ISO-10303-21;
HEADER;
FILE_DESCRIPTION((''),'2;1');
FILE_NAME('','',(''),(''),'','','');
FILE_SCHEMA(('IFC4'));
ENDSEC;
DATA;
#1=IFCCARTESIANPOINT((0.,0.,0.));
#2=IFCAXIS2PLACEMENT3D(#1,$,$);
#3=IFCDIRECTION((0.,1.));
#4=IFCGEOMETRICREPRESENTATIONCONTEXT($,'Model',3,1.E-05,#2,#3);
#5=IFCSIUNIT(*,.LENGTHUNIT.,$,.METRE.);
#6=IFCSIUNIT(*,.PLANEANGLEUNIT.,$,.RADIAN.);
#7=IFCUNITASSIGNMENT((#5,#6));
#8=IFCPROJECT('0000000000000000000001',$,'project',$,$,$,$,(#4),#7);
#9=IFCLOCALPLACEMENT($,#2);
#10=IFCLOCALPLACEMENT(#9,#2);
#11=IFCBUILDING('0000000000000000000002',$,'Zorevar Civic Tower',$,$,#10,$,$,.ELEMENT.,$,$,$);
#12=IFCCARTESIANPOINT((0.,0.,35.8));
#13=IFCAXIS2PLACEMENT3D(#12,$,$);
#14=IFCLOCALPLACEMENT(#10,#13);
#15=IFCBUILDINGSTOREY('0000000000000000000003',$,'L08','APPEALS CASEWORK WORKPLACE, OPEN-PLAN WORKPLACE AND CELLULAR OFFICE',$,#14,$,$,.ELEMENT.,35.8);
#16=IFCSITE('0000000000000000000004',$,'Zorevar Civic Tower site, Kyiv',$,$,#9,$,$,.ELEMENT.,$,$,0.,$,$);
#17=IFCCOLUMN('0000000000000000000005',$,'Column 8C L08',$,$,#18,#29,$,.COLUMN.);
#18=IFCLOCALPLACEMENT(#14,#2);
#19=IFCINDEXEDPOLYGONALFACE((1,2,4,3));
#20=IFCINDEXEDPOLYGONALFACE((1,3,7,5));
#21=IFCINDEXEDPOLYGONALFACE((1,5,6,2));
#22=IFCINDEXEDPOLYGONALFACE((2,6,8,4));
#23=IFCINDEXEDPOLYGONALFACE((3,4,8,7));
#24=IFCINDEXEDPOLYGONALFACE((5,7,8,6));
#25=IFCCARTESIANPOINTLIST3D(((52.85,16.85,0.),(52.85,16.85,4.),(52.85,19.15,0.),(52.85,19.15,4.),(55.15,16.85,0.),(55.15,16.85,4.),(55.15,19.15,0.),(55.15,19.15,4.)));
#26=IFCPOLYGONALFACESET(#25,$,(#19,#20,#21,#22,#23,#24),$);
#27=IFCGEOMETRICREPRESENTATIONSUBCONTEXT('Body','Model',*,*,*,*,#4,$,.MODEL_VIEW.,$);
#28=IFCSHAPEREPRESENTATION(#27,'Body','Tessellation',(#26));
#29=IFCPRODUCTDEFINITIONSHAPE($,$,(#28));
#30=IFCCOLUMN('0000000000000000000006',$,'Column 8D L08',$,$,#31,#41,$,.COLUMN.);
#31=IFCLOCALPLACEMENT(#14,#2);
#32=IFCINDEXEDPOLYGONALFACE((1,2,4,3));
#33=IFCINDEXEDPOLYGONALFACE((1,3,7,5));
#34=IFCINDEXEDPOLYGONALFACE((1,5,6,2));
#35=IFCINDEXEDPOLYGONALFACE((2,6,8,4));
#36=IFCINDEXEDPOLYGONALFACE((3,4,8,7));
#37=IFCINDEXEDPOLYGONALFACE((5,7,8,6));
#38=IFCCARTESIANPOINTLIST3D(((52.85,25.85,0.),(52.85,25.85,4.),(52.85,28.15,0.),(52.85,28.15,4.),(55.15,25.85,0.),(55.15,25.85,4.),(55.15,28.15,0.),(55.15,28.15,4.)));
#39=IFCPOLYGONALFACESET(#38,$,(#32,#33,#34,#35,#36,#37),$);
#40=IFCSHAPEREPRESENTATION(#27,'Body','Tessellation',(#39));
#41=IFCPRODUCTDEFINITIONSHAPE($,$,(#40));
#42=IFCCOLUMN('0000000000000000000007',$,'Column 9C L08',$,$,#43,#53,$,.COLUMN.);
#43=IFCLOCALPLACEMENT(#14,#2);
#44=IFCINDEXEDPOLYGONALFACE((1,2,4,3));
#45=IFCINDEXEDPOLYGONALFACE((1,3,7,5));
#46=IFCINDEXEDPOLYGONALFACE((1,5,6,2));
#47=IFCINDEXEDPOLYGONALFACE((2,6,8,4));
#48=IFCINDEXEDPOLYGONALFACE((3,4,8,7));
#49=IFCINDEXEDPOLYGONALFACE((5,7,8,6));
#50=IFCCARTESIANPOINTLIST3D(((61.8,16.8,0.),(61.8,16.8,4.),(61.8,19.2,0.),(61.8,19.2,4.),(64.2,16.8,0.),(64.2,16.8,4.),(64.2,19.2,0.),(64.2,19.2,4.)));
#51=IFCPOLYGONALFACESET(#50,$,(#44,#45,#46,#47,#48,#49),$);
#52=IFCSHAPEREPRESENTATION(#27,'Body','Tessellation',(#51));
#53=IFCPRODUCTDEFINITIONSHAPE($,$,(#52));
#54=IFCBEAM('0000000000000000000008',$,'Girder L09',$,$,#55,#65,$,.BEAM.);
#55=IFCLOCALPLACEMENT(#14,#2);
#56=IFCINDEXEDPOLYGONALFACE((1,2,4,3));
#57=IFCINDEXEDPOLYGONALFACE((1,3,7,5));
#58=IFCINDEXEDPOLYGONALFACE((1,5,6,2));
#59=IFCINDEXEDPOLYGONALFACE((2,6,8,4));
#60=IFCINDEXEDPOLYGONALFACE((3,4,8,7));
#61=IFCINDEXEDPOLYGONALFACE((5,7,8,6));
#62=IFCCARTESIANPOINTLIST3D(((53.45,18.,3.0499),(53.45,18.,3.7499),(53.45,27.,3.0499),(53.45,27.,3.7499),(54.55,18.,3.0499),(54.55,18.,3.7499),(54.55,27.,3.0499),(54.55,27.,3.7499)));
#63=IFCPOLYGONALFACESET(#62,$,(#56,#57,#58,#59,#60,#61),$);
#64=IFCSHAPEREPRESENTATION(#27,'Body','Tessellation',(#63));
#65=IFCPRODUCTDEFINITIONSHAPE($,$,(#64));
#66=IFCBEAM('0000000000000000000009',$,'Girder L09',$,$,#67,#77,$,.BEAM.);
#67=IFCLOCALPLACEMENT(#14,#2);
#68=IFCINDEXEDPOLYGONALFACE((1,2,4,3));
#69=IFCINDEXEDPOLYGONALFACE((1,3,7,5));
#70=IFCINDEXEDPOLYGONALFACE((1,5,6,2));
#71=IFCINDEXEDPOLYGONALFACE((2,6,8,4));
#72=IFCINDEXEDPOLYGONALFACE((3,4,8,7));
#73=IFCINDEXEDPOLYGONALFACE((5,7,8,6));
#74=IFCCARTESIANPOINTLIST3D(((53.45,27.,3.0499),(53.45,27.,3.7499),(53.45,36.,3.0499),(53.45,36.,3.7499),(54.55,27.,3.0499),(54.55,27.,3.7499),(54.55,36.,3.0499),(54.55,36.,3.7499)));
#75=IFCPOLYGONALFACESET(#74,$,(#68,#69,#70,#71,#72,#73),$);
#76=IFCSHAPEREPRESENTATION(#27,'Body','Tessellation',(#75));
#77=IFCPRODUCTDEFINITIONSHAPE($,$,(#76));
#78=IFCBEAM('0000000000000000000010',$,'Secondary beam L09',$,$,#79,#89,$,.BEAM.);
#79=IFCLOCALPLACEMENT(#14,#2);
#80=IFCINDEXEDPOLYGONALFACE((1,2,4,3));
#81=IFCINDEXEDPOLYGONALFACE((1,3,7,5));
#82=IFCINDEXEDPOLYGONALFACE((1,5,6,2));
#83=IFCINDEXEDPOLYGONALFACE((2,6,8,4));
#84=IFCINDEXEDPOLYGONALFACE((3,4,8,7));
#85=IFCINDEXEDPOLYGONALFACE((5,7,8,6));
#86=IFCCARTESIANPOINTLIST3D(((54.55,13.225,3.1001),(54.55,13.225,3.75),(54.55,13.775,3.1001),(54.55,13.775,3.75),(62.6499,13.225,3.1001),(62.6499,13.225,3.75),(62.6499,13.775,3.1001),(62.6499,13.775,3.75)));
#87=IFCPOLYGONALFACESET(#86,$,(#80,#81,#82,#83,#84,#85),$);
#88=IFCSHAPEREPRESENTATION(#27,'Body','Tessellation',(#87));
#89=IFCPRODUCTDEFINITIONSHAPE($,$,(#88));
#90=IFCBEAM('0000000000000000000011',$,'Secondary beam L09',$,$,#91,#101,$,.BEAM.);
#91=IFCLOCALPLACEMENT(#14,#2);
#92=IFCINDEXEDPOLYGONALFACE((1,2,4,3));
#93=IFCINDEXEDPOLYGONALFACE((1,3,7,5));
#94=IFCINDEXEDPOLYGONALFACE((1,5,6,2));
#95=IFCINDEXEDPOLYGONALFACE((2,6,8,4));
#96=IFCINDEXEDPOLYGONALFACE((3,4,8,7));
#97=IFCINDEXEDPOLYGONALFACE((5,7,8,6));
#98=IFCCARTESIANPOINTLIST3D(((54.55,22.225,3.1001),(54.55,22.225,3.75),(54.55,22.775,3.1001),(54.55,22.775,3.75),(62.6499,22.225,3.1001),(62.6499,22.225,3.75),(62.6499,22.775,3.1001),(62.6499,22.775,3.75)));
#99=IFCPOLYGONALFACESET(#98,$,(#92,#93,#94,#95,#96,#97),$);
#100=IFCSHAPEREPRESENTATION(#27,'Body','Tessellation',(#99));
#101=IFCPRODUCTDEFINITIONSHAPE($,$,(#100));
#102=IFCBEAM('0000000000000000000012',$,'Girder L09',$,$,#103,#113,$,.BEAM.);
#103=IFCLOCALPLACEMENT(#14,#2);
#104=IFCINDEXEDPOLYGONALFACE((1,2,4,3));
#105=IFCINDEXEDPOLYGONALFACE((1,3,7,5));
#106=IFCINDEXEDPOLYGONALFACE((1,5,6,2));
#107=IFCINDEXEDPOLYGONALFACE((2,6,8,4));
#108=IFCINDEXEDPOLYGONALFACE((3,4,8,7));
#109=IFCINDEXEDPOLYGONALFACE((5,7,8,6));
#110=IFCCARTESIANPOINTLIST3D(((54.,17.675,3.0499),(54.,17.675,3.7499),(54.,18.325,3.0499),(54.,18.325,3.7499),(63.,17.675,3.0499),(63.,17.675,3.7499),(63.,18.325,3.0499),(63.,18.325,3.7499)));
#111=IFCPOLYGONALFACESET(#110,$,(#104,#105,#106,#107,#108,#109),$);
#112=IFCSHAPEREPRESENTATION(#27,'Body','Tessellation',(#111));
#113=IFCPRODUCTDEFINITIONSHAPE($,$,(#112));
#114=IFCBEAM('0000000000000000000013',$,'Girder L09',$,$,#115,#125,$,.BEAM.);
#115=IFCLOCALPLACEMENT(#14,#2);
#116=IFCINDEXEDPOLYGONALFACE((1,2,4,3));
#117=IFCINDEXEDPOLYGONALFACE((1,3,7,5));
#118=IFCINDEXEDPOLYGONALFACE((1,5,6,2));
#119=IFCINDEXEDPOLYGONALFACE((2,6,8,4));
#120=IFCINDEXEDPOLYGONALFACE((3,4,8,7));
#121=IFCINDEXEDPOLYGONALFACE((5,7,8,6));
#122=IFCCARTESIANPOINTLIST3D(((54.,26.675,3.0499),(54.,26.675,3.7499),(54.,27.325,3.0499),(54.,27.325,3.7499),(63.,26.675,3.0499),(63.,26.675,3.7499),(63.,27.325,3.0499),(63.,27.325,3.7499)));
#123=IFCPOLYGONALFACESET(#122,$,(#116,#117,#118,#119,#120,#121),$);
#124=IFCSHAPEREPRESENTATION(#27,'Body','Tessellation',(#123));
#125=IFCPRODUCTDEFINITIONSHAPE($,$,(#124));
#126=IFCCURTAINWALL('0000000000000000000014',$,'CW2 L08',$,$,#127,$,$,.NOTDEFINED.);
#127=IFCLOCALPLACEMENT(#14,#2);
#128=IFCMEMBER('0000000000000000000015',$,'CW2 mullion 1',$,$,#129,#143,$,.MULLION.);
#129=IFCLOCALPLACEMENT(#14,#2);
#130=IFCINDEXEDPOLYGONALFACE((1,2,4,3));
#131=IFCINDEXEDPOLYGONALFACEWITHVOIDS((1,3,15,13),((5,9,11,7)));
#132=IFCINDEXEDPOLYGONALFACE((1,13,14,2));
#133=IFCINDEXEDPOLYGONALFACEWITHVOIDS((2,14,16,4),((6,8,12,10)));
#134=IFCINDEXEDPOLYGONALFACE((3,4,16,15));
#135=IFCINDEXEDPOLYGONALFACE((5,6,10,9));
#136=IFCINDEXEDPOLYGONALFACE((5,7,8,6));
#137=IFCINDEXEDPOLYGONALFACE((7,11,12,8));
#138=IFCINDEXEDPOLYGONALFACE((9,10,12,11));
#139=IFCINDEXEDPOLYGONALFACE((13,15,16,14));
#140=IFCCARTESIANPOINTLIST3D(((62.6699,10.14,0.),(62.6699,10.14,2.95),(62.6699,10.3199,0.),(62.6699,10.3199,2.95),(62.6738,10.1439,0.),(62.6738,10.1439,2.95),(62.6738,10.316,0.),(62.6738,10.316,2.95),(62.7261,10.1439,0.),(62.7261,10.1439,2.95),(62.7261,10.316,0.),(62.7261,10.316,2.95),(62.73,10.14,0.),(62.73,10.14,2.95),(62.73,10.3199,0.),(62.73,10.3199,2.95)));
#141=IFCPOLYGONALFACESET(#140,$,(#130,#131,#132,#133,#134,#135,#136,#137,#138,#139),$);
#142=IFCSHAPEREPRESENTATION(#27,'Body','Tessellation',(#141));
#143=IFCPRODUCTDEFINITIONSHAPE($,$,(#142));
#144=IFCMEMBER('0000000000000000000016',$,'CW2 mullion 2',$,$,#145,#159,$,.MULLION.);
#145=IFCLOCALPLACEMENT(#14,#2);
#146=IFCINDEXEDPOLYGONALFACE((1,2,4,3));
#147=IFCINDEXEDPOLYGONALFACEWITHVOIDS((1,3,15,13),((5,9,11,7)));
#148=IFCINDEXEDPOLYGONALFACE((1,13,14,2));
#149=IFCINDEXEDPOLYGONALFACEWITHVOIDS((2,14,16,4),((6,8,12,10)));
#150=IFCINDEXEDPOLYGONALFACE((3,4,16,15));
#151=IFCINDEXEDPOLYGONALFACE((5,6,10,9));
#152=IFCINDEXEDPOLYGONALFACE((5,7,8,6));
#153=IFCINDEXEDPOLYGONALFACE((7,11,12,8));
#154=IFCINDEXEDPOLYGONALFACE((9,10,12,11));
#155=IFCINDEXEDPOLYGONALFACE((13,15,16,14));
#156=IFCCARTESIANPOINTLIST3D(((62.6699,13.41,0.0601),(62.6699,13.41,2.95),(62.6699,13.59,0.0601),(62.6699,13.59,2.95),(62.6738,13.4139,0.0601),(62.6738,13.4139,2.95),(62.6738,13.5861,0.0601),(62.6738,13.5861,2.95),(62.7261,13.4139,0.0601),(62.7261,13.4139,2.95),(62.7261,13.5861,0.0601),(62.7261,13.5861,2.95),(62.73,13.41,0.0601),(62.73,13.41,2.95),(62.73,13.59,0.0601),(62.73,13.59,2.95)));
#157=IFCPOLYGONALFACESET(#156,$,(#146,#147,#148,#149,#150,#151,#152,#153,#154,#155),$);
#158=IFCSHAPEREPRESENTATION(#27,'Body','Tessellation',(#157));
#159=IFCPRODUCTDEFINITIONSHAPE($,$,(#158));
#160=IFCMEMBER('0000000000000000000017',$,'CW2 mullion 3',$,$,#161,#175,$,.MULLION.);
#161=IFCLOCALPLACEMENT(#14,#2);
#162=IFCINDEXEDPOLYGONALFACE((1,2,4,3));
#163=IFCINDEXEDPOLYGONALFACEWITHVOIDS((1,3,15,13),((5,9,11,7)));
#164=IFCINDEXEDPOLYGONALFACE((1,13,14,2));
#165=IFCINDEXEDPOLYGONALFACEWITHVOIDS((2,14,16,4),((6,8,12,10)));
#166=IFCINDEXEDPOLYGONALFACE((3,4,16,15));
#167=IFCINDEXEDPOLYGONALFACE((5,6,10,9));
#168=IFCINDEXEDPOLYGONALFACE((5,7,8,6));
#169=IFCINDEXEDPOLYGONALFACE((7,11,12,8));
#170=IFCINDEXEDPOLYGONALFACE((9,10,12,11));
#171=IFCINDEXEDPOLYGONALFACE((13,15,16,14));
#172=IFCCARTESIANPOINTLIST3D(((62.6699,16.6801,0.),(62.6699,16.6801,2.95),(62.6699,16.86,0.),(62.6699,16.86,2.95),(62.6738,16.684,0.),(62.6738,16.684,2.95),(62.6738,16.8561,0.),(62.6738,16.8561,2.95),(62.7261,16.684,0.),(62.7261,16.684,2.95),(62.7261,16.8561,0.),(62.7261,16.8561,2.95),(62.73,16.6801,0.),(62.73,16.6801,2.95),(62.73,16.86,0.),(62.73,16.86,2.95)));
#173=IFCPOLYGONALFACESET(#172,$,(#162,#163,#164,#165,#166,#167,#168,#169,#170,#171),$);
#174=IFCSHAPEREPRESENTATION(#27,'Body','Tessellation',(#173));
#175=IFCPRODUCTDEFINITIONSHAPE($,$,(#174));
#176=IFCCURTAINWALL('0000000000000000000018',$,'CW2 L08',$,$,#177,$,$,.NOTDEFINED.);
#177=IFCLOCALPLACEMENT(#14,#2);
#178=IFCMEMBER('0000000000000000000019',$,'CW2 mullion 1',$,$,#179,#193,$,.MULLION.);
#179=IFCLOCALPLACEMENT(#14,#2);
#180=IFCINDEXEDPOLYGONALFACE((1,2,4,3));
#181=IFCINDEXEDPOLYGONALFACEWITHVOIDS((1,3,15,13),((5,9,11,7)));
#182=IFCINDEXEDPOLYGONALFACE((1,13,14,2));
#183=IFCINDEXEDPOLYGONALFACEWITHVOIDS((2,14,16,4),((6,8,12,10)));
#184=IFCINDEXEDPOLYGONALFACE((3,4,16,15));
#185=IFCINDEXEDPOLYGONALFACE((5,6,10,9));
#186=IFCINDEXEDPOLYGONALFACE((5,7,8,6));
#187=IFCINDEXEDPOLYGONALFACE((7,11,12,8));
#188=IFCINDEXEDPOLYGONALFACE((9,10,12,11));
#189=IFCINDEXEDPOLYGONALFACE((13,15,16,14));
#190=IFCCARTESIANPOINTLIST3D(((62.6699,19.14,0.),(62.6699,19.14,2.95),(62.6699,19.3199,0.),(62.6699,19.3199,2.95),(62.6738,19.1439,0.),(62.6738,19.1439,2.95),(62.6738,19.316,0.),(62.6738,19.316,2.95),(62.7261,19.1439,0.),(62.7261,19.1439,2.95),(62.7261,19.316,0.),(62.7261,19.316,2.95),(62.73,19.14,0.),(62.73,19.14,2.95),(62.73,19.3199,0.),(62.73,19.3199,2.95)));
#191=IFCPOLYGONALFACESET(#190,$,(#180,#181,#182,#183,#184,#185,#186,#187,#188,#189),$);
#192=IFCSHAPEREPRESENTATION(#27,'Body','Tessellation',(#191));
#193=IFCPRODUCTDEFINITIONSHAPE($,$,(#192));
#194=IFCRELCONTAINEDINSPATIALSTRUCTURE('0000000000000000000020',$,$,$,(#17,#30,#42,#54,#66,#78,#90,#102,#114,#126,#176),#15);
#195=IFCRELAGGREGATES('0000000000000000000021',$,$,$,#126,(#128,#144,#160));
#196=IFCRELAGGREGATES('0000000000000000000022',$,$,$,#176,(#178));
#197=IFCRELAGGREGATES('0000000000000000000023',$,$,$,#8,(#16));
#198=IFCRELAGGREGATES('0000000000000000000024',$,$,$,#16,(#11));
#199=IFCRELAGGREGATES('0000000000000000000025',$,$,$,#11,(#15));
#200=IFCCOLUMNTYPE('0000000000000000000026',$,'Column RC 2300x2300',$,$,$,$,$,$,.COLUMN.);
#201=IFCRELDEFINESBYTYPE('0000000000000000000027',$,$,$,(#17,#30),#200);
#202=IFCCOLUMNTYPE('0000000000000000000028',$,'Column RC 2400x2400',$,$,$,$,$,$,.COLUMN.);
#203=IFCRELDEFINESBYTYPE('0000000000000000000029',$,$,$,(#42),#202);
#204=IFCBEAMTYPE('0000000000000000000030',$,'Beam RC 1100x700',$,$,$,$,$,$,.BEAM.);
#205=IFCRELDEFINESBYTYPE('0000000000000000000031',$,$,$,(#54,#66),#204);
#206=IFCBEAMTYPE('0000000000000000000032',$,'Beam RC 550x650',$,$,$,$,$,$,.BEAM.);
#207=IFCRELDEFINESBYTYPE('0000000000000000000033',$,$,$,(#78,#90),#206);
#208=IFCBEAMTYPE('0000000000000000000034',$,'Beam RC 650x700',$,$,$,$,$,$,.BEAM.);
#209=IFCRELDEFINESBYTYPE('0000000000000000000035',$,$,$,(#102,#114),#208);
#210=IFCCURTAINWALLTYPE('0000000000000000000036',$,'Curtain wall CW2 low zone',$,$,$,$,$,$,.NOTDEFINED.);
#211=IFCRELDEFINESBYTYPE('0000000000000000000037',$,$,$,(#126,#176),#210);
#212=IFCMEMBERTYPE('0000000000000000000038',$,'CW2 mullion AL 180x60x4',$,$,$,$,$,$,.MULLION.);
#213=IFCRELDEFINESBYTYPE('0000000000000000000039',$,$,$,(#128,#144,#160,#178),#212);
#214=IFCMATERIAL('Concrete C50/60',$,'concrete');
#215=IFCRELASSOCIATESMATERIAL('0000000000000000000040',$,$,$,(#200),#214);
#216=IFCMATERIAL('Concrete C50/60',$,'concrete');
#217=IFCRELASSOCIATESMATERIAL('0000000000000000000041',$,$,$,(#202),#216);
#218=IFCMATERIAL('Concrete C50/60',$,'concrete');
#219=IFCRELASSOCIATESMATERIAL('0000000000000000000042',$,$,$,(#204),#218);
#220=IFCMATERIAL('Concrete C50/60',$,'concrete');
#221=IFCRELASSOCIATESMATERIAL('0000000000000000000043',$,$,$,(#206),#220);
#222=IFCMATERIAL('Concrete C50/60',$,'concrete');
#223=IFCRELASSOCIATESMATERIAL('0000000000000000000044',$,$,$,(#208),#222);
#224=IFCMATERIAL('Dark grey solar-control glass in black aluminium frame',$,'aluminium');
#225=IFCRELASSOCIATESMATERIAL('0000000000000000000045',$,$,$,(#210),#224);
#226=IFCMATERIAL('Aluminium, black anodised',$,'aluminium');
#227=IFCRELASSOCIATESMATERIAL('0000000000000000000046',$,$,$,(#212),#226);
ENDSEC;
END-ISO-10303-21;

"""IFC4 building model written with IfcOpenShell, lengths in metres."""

from ifc_helpers import new_model, si_unit, direction, frame, origin, origin_2d, place, context, subcontext, project, spatial, rectangle, hollow_rectangle, extrude, material, material_profile, profile_set, type_object, element, aggregate, save


model = new_model("IFC4")

# Units and contexts
model_context = context("Model", 3, precision=1e-05, world=origin(), true_north=direction((0.0, 1.0)))
body_context = subcontext(model_context, "Body", "Model", "MODEL_VIEW")
ifc_project = project(units=[si_unit("LENGTHUNIT", "METRE"), si_unit("PLANEANGLEUNIT", "RADIAN")], contexts=[model_context])

# Site, building, storey
site_placement = place(None, origin())
site = spatial("IfcSite", under=ifc_project, at=site_placement, Name="Zorevar Civic Tower site, Kyiv", CompositionType="ELEMENT", RefElevation=0.0)
building_placement = place(site_placement, origin())
building = spatial("IfcBuilding", under=site, at=building_placement, Name="Zorevar Civic Tower", CompositionType="ELEMENT")
storey_placement = place(building_placement, frame((0.0, 0.0, 35.8)))
storey = spatial("IfcBuildingStorey", under=building, at=storey_placement, Name="L08", Description="APPEALS CASEWORK WORKPLACE, OPEN-PLAN WORKPLACE AND CELLULAR OFFICE", CompositionType="ELEMENT", Elevation=35.8)

# Columns
ifc_material_1 = material(Name="Concrete C50/60", Category="concrete")
ifc_material_profile_1 = material_profile(ifc_material_1, rectangle(XDim=2.3, YDim=2.3, at=origin_2d()), Name="RC 2300x2300")
ifc_profile_set_1 = profile_set([ifc_material_profile_1], Name="Concrete C50/60")
column_type_1 = type_object("IfcColumnType", Name="Column RC 2300x2300", PredefinedType="COLUMN", material=ifc_profile_set_1)
for number, where, z_axis, x_axis, name in (
    (1, (54.0, 18.0, 0.0), (0.0, 0.0, 1.0), (1.0, 0.0, 0.0), "Column 8C L08"),
    (2, (54.0, 27.0, 0.0), (0.0, 0.0, 1.0), (1.0, 0.0, 0.0), "Column 8D L08"),
):
    element("IfcColumn", number, at=place(storey_placement, frame(where, z_axis=z_axis, x_axis=x_axis)), inside=storey, type_object=column_type_1, Name=name, PredefinedType="COLUMN", context=body_context, shape_type="SweptSolid", body=[
        extrude(rectangle(XDim=2.3, YDim=2.3, at=origin_2d()), origin(), (0.0, 0.0, 1.0), 4.0),
    ])
ifc_material_2 = material(Name="Concrete C50/60", Category="concrete")
ifc_material_profile_2 = material_profile(ifc_material_2, rectangle(XDim=2.3999, YDim=2.3999, at=origin_2d()), Name="RC 2400x2400")
ifc_profile_set_2 = profile_set([ifc_material_profile_2], Name="Concrete C50/60")
column_type_2 = type_object("IfcColumnType", Name="Column RC 2400x2400", PredefinedType="COLUMN", material=ifc_profile_set_2)
column_placement = place(storey_placement, frame((63.0, 18.0, 0.0), z_axis=(0.0, 0.0, 1.0), x_axis=(1.0, 0.0, 0.0)))
element("IfcColumn", 3, at=column_placement, inside=storey, type_object=column_type_2, Name="Column 9C L08", PredefinedType="COLUMN", context=body_context, shape_type="SweptSolid", body=[
    extrude(rectangle(XDim=2.3999, YDim=2.3999, at=origin_2d()), origin(), (0.0, 0.0, 1.0), 4.0),
])

# Beams
ifc_material_3 = material(Name="Concrete C50/60", Category="concrete")
ifc_material_profile_3 = material_profile(ifc_material_3, rectangle(XDim=1.1001, YDim=0.7, at=origin_2d()), Name="RC 1100x700")
ifc_profile_set_3 = profile_set([ifc_material_profile_3], Name="Concrete C50/60")
beam_type_1 = type_object("IfcBeamType", Name="Beam RC 1100x700", PredefinedType="BEAM", material=ifc_profile_set_3)
for number, where, z_axis, x_axis, name in (
    (4, (54.0, 18.0, 3.3999), (0.0, 1.0, 0.0), (-1.0, 0.0, 0.0), "Girder L09"),
    (5, (54.0, 27.0, 3.3999), (0.0, 1.0, 0.0), (-1.0, 0.0, 0.0), "Girder L09"),
):
    element("IfcBeam", number, at=place(storey_placement, frame(where, z_axis=z_axis, x_axis=x_axis)), inside=storey, type_object=beam_type_1, Name=name, PredefinedType="BEAM", context=body_context, shape_type="SweptSolid", body=[
        extrude(rectangle(XDim=1.1001, YDim=0.7, at=origin_2d()), origin(), (0.0, 0.0, 1.0), 9.0),
    ])
ifc_material_4 = material(Name="Concrete C50/60", Category="concrete")
ifc_material_profile_4 = material_profile(ifc_material_4, rectangle(XDim=0.55, YDim=0.6499, at=origin_2d()), Name="RC 550x650")
ifc_profile_set_4 = profile_set([ifc_material_profile_4], Name="Concrete C50/60")
beam_type_2 = type_object("IfcBeamType", Name="Beam RC 550x650", PredefinedType="BEAM", material=ifc_profile_set_4)
for number, where, z_axis, x_axis, name in (
    (6, (54.55, 13.5, 3.425), (1.0, 0.0, 0.0), (0.0, 1.0, 0.0), "Secondary beam L09"),
    (7, (54.55, 22.5, 3.425), (1.0, 0.0, 0.0), (0.0, 1.0, 0.0), "Secondary beam L09"),
):
    element("IfcBeam", number, at=place(storey_placement, frame(where, z_axis=z_axis, x_axis=x_axis)), inside=storey, type_object=beam_type_2, Name=name, PredefinedType="BEAM", context=body_context, shape_type="SweptSolid", body=[
        extrude(rectangle(XDim=0.55, YDim=0.6499, at=origin_2d()), origin(), (0.0, 0.0, 1.0), 8.0999),
    ])
ifc_material_5 = material(Name="Concrete C50/60", Category="concrete")
ifc_material_profile_5 = material_profile(ifc_material_5, rectangle(XDim=0.6499, YDim=0.7, at=origin_2d()), Name="RC 650x700")
ifc_profile_set_5 = profile_set([ifc_material_profile_5], Name="Concrete C50/60")
beam_type_3 = type_object("IfcBeamType", Name="Beam RC 650x700", PredefinedType="BEAM", material=ifc_profile_set_5)
for number, where, z_axis, x_axis, name in (
    (8, (54.0, 18.0, 3.3999), (1.0, 0.0, 0.0), (0.0, 1.0, 0.0), "Girder L09"),
    (9, (54.0, 27.0, 3.3999), (1.0, 0.0, 0.0), (0.0, 1.0, 0.0), "Girder L09"),
):
    element("IfcBeam", number, at=place(storey_placement, frame(where, z_axis=z_axis, x_axis=x_axis)), inside=storey, type_object=beam_type_3, Name=name, PredefinedType="BEAM", context=body_context, shape_type="SweptSolid", body=[
        extrude(rectangle(XDim=0.6499, YDim=0.7, at=origin_2d()), origin(), (0.0, 0.0, 1.0), 9.0),
    ])

# Curtain walls, members
ifc_material_6 = material(Name="Dark grey solar-control glass in black aluminium frame", Category="aluminium")
curtain_wall_type = type_object("IfcCurtainWallType", Name="Curtain wall CW2 low zone", PredefinedType="NOTDEFINED", material=ifc_material_6)
curtain_wall_1_placement = place(storey_placement, origin())
curtain_wall_1 = element("IfcCurtainWall", 10, at=curtain_wall_1_placement, inside=storey, type_object=curtain_wall_type, Name="CW2 L08", PredefinedType="NOTDEFINED")
ifc_material_7 = material(Name="Aluminium, black anodised", Category="aluminium")
ifc_material_profile_6 = material_profile(ifc_material_7, hollow_rectangle(XDim=0.0601, YDim=0.1799, WallThickness=0.0039, at=origin_2d()), Name="AL 180x60x4")
ifc_profile_set_6 = profile_set([ifc_material_profile_6], Name="Aluminium, black anodised")
member_type_1 = type_object("IfcMemberType", Name="CW2 mullion AL 180x60x4", PredefinedType="MULLION", material=ifc_profile_set_6)
member_1_placement = place(storey_placement, frame((62.7, 10.23, 0.0), z_axis=(0.0, 0.0, 1.0), x_axis=(-1.0, 0.0, 0.0)))
member_1 = element("IfcMember", 11, at=member_1_placement, type_object=member_type_1, Name="CW2 mullion 1", PredefinedType="MULLION", context=body_context, shape_type="SweptSolid", body=[
    extrude(hollow_rectangle(XDim=0.0601, YDim=0.1799, WallThickness=0.0039, at=origin_2d()), origin(), (0.0, 0.0, 1.0), 2.95),
])
member_2_placement = place(storey_placement, frame((62.7, 13.5, 0.0601), z_axis=(0.0, 0.0, 1.0), x_axis=(-1.0, 0.0, 0.0)))
member_2 = element("IfcMember", 12, at=member_2_placement, type_object=member_type_1, Name="CW2 mullion 2", PredefinedType="MULLION", context=body_context, shape_type="SweptSolid", body=[
    extrude(hollow_rectangle(XDim=0.0601, YDim=0.1799, WallThickness=0.0039, at=origin_2d()), origin(), (0.0, 0.0, 1.0), 2.8899),
])
member_3_placement = place(storey_placement, frame((62.7, 16.77, 0.0), z_axis=(0.0, 0.0, 1.0), x_axis=(-1.0, 0.0, 0.0)))
member_3 = element("IfcMember", 13, at=member_3_placement, type_object=member_type_1, Name="CW2 mullion 3", PredefinedType="MULLION", context=body_context, shape_type="SweptSolid", body=[
    extrude(hollow_rectangle(XDim=0.0601, YDim=0.1799, WallThickness=0.0039, at=origin_2d()), origin(), (0.0, 0.0, 1.0), 2.95),
])
curtain_wall_2_placement = place(storey_placement, origin())
curtain_wall_2 = element("IfcCurtainWall", 14, at=curtain_wall_2_placement, inside=storey, type_object=curtain_wall_type, Name="CW2 L08", PredefinedType="NOTDEFINED")
member_4_placement = place(storey_placement, frame((62.7, 19.23, 0.0), z_axis=(0.0, 0.0, 1.0), x_axis=(-1.0, 0.0, 0.0)))
member_4 = element("IfcMember", 15, at=member_4_placement, type_object=member_type_1, Name="CW2 mullion 1", PredefinedType="MULLION", context=body_context, shape_type="SweptSolid", body=[
    extrude(hollow_rectangle(XDim=0.0601, YDim=0.1799, WallThickness=0.0039, at=origin_2d()), origin(), (0.0, 0.0, 1.0), 2.95),
])

aggregate(curtain_wall_1, [member_1, member_2, member_3])
aggregate(curtain_wall_2, [member_4])

save(model, "model.ifc")
